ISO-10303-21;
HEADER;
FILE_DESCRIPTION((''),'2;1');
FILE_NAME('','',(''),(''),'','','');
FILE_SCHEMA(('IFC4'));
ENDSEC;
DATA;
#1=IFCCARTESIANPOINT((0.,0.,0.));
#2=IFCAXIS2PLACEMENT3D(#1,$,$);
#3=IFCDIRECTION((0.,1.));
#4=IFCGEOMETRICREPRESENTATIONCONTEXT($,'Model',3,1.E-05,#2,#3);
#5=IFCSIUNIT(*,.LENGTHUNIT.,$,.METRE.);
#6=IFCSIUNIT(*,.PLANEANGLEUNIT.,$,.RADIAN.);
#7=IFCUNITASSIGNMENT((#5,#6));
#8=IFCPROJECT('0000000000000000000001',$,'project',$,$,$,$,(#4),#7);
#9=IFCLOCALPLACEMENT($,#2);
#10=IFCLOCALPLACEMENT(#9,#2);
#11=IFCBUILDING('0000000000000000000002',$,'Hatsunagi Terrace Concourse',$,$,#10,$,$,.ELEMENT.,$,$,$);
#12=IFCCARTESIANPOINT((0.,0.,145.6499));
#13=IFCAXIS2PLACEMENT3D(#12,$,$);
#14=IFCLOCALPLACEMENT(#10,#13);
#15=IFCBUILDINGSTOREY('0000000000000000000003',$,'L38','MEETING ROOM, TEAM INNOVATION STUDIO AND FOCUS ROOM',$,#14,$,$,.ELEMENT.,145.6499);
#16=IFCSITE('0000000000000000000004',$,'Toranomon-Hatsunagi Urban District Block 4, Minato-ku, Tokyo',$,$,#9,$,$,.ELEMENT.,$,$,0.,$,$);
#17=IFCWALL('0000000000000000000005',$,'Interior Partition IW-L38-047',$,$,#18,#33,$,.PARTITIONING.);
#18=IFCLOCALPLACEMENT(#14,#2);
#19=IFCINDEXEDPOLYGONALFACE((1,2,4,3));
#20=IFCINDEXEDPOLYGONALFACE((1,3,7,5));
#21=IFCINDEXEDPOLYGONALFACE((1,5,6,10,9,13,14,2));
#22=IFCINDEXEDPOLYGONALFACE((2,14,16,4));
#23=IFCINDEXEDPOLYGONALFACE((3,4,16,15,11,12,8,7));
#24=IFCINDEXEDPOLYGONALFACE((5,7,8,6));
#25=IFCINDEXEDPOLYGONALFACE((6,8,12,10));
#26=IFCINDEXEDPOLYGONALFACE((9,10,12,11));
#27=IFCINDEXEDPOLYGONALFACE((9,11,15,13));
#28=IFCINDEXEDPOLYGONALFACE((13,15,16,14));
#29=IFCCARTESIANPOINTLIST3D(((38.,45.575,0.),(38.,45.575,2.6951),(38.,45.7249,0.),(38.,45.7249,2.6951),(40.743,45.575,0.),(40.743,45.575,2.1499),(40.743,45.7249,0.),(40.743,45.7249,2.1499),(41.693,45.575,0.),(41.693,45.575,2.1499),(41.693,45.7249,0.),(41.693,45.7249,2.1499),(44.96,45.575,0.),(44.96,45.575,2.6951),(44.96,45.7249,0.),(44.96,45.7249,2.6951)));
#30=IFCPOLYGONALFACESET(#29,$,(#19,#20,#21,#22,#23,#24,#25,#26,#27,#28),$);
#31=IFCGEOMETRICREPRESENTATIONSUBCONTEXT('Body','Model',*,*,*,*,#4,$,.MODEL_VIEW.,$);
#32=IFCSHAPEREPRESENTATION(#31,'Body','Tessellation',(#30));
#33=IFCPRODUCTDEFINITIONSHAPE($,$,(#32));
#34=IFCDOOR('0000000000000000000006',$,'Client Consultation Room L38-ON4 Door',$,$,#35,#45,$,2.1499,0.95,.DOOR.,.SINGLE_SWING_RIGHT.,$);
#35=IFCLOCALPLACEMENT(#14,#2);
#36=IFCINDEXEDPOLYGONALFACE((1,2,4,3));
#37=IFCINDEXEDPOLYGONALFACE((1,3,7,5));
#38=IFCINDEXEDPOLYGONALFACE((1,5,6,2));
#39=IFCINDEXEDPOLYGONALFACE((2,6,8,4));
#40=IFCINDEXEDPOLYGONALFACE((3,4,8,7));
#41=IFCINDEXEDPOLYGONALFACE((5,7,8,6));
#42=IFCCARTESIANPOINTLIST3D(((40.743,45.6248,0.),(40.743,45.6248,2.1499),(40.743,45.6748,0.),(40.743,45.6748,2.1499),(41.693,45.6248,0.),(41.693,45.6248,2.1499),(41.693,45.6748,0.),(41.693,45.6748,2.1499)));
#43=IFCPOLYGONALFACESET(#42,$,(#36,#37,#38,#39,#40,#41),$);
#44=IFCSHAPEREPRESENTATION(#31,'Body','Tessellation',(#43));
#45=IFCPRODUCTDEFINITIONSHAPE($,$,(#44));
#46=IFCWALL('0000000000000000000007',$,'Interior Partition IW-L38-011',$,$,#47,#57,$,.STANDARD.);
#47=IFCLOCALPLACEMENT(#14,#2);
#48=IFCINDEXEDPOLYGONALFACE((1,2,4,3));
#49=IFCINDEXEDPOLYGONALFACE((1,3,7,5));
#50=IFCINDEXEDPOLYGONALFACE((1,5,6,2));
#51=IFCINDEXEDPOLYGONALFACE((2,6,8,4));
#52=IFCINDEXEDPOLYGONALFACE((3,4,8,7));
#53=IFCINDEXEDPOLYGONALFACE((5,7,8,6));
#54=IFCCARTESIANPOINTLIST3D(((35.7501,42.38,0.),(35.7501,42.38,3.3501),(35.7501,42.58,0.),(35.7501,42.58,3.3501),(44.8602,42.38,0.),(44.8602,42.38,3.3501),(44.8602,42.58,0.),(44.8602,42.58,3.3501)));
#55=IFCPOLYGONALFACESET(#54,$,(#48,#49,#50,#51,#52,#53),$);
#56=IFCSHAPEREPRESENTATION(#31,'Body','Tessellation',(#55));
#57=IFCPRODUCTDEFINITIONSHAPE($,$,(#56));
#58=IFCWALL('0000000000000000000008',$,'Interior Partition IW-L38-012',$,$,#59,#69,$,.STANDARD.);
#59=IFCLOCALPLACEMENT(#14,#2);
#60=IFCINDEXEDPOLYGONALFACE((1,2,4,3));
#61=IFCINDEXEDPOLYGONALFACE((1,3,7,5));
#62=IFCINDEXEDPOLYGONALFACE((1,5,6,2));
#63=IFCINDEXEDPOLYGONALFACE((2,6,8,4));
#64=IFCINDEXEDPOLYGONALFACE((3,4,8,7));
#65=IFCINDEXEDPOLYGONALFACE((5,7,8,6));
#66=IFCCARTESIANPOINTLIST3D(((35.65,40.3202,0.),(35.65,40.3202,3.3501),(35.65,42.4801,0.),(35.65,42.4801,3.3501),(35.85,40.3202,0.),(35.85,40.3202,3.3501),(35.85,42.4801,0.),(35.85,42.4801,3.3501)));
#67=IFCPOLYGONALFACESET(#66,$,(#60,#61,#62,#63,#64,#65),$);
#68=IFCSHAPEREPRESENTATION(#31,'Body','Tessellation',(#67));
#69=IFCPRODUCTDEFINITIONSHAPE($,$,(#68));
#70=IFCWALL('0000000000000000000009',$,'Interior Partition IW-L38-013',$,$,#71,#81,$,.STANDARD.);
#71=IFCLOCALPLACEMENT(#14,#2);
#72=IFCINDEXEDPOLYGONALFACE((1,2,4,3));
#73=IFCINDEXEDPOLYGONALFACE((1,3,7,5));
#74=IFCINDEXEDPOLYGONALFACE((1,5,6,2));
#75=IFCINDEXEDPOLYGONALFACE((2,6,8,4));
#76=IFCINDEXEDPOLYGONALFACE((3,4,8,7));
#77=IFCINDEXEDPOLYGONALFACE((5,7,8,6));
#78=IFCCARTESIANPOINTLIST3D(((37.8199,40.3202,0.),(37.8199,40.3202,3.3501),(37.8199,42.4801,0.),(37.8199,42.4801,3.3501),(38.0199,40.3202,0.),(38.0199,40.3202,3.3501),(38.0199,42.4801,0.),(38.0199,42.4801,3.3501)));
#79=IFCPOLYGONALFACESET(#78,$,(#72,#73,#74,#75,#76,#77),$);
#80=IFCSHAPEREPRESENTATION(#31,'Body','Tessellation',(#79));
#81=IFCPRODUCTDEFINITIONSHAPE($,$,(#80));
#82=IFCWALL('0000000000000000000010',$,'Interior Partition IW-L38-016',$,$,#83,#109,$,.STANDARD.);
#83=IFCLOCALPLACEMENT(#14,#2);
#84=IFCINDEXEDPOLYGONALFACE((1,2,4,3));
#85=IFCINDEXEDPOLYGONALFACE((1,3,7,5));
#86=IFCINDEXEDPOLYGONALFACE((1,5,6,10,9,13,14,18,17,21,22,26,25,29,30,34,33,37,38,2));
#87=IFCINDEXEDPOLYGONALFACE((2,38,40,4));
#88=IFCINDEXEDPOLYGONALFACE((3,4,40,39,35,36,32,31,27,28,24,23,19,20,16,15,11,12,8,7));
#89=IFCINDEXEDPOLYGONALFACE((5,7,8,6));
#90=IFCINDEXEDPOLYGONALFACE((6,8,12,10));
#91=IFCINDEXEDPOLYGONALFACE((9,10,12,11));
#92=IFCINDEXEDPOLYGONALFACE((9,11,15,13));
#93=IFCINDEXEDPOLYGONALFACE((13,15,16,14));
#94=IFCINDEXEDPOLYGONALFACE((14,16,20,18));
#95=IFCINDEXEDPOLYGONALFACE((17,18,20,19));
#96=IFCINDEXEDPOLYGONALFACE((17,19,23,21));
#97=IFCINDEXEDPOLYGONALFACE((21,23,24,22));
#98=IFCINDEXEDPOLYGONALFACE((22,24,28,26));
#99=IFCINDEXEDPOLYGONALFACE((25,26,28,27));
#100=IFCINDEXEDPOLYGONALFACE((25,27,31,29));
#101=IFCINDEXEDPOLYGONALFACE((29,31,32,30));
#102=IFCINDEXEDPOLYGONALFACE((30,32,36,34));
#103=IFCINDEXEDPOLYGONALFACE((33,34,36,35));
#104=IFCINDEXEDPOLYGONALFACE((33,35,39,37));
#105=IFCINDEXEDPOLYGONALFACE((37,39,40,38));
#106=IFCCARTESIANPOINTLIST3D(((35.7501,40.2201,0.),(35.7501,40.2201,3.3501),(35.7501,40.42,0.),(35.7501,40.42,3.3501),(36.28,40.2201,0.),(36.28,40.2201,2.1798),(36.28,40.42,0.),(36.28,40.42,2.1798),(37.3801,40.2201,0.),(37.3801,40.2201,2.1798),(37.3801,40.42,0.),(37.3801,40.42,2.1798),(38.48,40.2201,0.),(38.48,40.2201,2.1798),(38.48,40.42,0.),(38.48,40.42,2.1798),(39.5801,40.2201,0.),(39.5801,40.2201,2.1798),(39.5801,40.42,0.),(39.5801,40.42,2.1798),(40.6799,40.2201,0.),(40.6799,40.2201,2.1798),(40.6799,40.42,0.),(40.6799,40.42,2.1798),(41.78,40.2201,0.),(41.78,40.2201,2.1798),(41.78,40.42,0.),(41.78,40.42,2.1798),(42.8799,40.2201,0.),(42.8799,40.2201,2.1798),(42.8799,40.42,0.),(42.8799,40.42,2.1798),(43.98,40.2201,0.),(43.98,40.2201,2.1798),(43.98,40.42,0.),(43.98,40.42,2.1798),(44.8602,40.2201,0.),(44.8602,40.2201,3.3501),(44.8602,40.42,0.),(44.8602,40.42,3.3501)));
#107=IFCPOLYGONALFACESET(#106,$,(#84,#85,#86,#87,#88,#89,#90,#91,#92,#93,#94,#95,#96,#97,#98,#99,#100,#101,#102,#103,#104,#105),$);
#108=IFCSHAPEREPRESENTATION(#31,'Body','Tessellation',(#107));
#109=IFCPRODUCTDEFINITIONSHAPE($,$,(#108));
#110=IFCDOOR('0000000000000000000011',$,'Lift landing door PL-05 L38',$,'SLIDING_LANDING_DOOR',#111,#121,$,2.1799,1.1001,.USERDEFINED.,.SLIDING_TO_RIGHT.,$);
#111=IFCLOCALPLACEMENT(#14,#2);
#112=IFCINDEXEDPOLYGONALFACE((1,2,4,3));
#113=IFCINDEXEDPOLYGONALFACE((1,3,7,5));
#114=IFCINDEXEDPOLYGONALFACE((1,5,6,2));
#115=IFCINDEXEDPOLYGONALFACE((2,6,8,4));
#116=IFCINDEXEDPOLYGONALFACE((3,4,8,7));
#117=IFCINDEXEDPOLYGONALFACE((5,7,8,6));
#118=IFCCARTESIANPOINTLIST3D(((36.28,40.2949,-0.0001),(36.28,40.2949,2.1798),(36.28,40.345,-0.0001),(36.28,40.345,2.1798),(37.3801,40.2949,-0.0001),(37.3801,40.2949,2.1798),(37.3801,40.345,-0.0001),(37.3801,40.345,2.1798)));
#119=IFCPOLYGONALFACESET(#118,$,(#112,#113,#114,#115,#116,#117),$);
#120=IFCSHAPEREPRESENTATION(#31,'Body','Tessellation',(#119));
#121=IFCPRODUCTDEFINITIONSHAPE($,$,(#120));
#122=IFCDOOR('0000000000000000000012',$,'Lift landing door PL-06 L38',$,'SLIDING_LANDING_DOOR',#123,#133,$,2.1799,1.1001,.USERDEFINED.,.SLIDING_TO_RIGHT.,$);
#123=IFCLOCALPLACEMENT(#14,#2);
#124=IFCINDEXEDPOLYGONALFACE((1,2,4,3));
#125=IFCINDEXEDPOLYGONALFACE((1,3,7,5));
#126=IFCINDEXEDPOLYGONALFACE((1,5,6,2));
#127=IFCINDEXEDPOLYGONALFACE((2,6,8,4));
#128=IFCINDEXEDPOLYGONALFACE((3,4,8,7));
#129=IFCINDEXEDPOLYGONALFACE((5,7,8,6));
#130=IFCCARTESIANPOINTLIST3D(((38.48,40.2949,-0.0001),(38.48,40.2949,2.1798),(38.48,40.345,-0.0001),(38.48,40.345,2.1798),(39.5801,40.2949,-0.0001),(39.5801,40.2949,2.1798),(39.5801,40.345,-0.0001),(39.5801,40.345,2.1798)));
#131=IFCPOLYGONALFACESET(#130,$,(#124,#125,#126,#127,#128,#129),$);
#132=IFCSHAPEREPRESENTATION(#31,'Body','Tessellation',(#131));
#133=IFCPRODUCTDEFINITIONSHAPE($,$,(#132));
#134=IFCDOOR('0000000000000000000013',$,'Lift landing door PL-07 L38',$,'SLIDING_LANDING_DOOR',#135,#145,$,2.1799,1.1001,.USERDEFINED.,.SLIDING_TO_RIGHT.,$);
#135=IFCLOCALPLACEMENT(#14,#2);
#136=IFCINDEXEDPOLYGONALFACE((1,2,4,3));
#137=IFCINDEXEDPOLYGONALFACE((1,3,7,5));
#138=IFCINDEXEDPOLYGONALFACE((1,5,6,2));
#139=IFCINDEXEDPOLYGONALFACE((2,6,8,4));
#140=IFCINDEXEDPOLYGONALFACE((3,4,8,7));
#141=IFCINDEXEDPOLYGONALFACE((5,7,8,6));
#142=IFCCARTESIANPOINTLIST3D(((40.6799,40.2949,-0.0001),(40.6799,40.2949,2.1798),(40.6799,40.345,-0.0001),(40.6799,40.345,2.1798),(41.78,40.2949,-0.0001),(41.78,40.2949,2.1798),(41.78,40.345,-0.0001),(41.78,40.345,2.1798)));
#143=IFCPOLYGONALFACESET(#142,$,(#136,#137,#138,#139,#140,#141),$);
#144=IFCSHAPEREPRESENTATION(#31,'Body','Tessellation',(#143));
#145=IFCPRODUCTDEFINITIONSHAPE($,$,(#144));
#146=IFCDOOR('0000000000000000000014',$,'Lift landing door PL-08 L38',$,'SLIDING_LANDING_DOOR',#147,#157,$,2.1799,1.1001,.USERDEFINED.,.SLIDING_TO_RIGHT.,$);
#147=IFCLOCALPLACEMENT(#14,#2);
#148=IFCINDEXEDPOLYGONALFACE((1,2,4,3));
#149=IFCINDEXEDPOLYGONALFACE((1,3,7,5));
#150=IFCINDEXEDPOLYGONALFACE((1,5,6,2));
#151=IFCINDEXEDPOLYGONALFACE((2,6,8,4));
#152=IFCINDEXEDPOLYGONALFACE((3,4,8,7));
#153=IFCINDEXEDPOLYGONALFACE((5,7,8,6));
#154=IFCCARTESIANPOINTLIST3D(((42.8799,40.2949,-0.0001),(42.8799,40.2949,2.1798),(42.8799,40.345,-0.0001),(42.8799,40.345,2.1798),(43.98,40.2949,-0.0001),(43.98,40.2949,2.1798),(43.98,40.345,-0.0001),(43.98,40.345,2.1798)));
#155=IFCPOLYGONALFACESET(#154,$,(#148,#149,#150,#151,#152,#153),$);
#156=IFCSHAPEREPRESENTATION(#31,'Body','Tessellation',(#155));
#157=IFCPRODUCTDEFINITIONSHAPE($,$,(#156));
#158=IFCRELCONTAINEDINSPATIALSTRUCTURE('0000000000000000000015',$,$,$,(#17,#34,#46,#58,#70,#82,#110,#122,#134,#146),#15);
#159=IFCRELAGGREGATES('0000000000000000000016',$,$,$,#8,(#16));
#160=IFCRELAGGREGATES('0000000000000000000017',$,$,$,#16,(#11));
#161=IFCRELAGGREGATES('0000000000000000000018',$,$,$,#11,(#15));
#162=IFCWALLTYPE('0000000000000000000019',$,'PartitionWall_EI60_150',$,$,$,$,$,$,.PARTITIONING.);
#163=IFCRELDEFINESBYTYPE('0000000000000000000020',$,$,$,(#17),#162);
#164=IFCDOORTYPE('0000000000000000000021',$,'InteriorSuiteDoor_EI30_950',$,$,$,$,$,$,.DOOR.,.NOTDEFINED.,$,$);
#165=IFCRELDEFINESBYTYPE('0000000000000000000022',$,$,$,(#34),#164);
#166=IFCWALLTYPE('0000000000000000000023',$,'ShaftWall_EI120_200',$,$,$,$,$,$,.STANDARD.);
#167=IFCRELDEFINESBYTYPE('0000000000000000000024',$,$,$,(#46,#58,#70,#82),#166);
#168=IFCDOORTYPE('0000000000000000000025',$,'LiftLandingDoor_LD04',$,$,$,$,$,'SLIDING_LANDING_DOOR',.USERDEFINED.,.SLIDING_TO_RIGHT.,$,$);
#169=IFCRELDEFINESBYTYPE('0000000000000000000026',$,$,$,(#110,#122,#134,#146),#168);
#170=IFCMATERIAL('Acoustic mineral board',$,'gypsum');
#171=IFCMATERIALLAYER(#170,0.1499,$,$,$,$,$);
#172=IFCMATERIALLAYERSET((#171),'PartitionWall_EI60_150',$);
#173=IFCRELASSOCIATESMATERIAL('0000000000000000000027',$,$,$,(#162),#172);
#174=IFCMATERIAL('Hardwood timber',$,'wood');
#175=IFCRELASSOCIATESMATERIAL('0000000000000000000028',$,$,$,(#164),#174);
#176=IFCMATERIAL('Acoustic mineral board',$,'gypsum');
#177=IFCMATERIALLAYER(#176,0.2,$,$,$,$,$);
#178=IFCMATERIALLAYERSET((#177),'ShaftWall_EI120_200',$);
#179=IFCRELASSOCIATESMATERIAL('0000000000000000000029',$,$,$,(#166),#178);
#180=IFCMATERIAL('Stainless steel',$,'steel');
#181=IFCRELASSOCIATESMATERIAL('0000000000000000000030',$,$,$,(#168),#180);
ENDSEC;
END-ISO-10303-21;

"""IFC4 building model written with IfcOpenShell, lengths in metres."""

from ifc_helpers import new_model, si_unit, direction, frame, frame_2d, origin, place, context, subcontext, project, spatial, rectangle, extrude, material, layer, layer_set, type_object, element, fill, save


model = new_model("IFC4")

# Units and contexts
model_context = context("Model", 3, precision=1e-05, world=origin(), true_north=direction((0.0, 1.0)))
body_context = subcontext(model_context, "Body", "Model", "MODEL_VIEW")
ifc_project = project(units=[si_unit("LENGTHUNIT", "METRE"), si_unit("PLANEANGLEUNIT", "RADIAN")], contexts=[model_context])

# Site, building, storey
site_placement = place(None, origin())
site = spatial("IfcSite", under=ifc_project, at=site_placement, Name="Toranomon-Hatsunagi Urban District Block 4, Minato-ku, Tokyo", CompositionType="ELEMENT", RefElevation=0.0)
building_placement = place(site_placement, origin())
building = spatial("IfcBuilding", under=site, at=building_placement, Name="Hatsunagi Terrace Concourse", CompositionType="ELEMENT")
storey_placement = place(building_placement, frame((0.0, 0.0, 145.6499)))
storey = spatial("IfcBuildingStorey", under=building, at=storey_placement, Name="L38", Description="MEETING ROOM, TEAM INNOVATION STUDIO AND FOCUS ROOM", CompositionType="ELEMENT", Elevation=145.6499)

# Shared definitions
ifc_material_1 = material(Name="Acoustic mineral board", Category="gypsum")
ifc_layer_1 = layer(ifc_material_1, 0.1499)
ifc_layer_set_1 = layer_set([ifc_layer_1], Name="PartitionWall_EI60_150")
wall_type_1 = type_object("IfcWallType", Name="PartitionWall_EI60_150", PredefinedType="PARTITIONING", material=ifc_layer_set_1)

# Shared definitions
ifc_material_2 = material(Name="Hardwood timber", Category="wood")
door_type_1 = type_object("IfcDoorType", Name="InteriorSuiteDoor_EI30_950", OperationType="NOTDEFINED", PredefinedType="DOOR", material=ifc_material_2)

# Wall, opening, door
wall_1_placement = place(storey_placement, frame((38.0, 45.6499, 0.0), z_axis=(0.0, 0.0, 1.0), x_axis=(1.0, 0.0, 0.0)))
wall_1 = element("IfcWall", 1, at=wall_1_placement, inside=storey, type_object=wall_type_1, Name="Interior Partition IW-L38-047", PredefinedType="PARTITIONING", context=body_context, shape_type="SweptSolid", body=[
    extrude(rectangle(XDim=6.96, YDim=0.1499, at=frame_2d((3.48, 0.0))), origin(), (0.0, 0.0, 1.0), 2.6951),
])
opening_1_placement = place(wall_1_placement, frame((2.7429, 0.0, 0.0)))
opening_1 = element("IfcOpeningElement", 2, at=opening_1_placement, cuts=wall_1, PredefinedType="OPENING", context=body_context, shape_type="SweptSolid", body=[
    extrude(rectangle(XDim=0.95, YDim=2.1499, at=frame_2d((0.4751, 1.075))), frame((0.0, 0.085, 0.0), z_axis=(0.0, -1.0, 0.0), x_axis=(1.0, 0.0, 0.0)), (0.0, 0.0, 1.0), 0.1699),
])
door_1_placement = place(opening_1_placement, origin())
door_1 = element("IfcDoor", 3, at=door_1_placement, inside=storey, type_object=door_type_1, Name="Client Consultation Room L38-ON4 Door", OperationType="SINGLE_SWING_RIGHT", OverallHeight=2.1499, OverallWidth=0.95, PredefinedType="DOOR", context=body_context, shape_type="SweptSolid", body=[
    extrude(rectangle(XDim=0.95, YDim=2.1499, at=frame_2d((0.4751, 1.075))), frame((0.0, 0.0249, 0.0), z_axis=(0.0, -1.0, 0.0), x_axis=(1.0, 0.0, 0.0)), (0.0, 0.0, 1.0), 0.05),
])
fill(opening_1, door_1)

# Walls
ifc_material_3 = material(Name="Acoustic mineral board", Category="gypsum")
ifc_layer_2 = layer(ifc_material_3, 0.2)
ifc_layer_set_2 = layer_set([ifc_layer_2], Name="ShaftWall_EI120_200")
wall_type_2 = type_object("IfcWallType", Name="ShaftWall_EI120_200", PredefinedType="STANDARD", material=ifc_layer_set_2)
wall_2_placement = place(storey_placement, frame((35.75, 42.48, 0.0), z_axis=(0.0, 0.0, 1.0), x_axis=(1.0, 0.0, 0.0)))
element("IfcWall", 4, at=wall_2_placement, inside=storey, type_object=wall_type_2, Name="Interior Partition IW-L38-011", PredefinedType="STANDARD", context=body_context, shape_type="SweptSolid", body=[
    extrude(rectangle(XDim=9.1101, YDim=0.2, at=frame_2d((4.5552, 0.0))), origin(), (0.0, 0.0, 1.0), 3.3501),
])
for number, where, z_axis, x_axis, name in (
    (5, (35.75, 40.3201, 0.0), (0.0, 0.0, 1.0), (0.0, 1.0, 0.0), "Interior Partition IW-L38-012"),
    (6, (37.9199, 40.3201, 0.0), (0.0, 0.0, 1.0), (0.0, 1.0, 0.0), "Interior Partition IW-L38-013"),
):
    element("IfcWall", number, at=place(storey_placement, frame(where, z_axis=z_axis, x_axis=x_axis)), inside=storey, type_object=wall_type_2, Name=name, PredefinedType="STANDARD", context=body_context, shape_type="SweptSolid", body=[
        extrude(rectangle(XDim=2.1599, YDim=0.2, at=frame_2d((1.0801, 0.0))), origin(), (0.0, 0.0, 1.0), 3.3501),
    ])

# Wall, openings, doors
wall_3_placement = place(storey_placement, frame((35.75, 40.3201, 0.0), z_axis=(0.0, 0.0, 1.0), x_axis=(1.0, 0.0, 0.0)))
wall_3 = element("IfcWall", 7, at=wall_3_placement, inside=storey, type_object=wall_type_2, Name="Interior Partition IW-L38-016", PredefinedType="STANDARD", context=body_context, shape_type="SweptSolid", body=[
    extrude(rectangle(XDim=9.1101, YDim=0.2, at=frame_2d((4.5552, 0.0))), origin(), (0.0, 0.0, 1.0), 3.3501),
])
opening_2_placement = place(wall_3_placement, frame((0.53, 0.0, 0.0)))
opening_2 = element("IfcOpeningElement", 8, at=opening_2_placement, cuts=wall_3, PredefinedType="OPENING", context=body_context, shape_type="SweptSolid", body=[
    extrude(rectangle(XDim=1.1001, YDim=2.1799, at=frame_2d((0.55, 1.0898))), frame((0.0, 0.1099, 0.0), z_axis=(0.0, -1.0, 0.0), x_axis=(1.0, 0.0, 0.0)), (0.0, 0.0, 1.0), 0.22),
])
opening_3_placement = place(wall_3_placement, frame((2.73, 0.0, 0.0)))
opening_3 = element("IfcOpeningElement", 9, at=opening_3_placement, cuts=wall_3, PredefinedType="OPENING", context=body_context, shape_type="SweptSolid", body=[
    extrude(rectangle(XDim=1.1001, YDim=2.1799, at=frame_2d((0.55, 1.0898))), frame((0.0, 0.1099, 0.0), z_axis=(0.0, -1.0, 0.0), x_axis=(1.0, 0.0, 0.0)), (0.0, 0.0, 1.0), 0.22),
])
opening_4_placement = place(wall_3_placement, frame((4.9299, 0.0, 0.0)))
opening_4 = element("IfcOpeningElement", 10, at=opening_4_placement, cuts=wall_3, PredefinedType="OPENING", context=body_context, shape_type="SweptSolid", body=[
    extrude(rectangle(XDim=1.1001, YDim=2.1799, at=frame_2d((0.55, 1.0898))), frame((0.0, 0.1099, 0.0), z_axis=(0.0, -1.0, 0.0), x_axis=(1.0, 0.0, 0.0)), (0.0, 0.0, 1.0), 0.22),
])
opening_5_placement = place(wall_3_placement, frame((7.1299, 0.0, 0.0)))
opening_5 = element("IfcOpeningElement", 11, at=opening_5_placement, cuts=wall_3, PredefinedType="OPENING", context=body_context, shape_type="SweptSolid", body=[
    extrude(rectangle(XDim=1.1001, YDim=2.1799, at=frame_2d((0.55, 1.0898))), frame((0.0, 0.1099, 0.0), z_axis=(0.0, -1.0, 0.0), x_axis=(1.0, 0.0, 0.0)), (0.0, 0.0, 1.0), 0.22),
])
ifc_material_4 = material(Name="Stainless steel", Category="steel")
door_type_2 = type_object("IfcDoorType", Name="LiftLandingDoor_LD04", ElementType="SLIDING_LANDING_DOOR", OperationType="SLIDING_TO_RIGHT", PredefinedType="USERDEFINED", material=ifc_material_4)
door_2_placement = place(opening_2_placement, origin())
door_2 = element("IfcDoor", 12, at=door_2_placement, inside=storey, type_object=door_type_2, Name="Lift landing door PL-05 L38", ObjectType="SLIDING_LANDING_DOOR", OperationType="SLIDING_TO_RIGHT", OverallHeight=2.1799, OverallWidth=1.1001, PredefinedType="USERDEFINED", context=body_context, shape_type="SweptSolid", body=[
    extrude(rectangle(XDim=1.1001, YDim=2.1799, at=frame_2d((0.55, 1.0898))), frame((0.0, 0.0249, 0.0), z_axis=(0.0, -1.0, 0.0), x_axis=(1.0, 0.0, 0.0)), (0.0, 0.0, 1.0), 0.05),
])
fill(opening_2, door_2)
door_3_placement = place(opening_3_placement, origin())
door_3 = element("IfcDoor", 13, at=door_3_placement, inside=storey, type_object=door_type_2, Name="Lift landing door PL-06 L38", ObjectType="SLIDING_LANDING_DOOR", OperationType="SLIDING_TO_RIGHT", OverallHeight=2.1799, OverallWidth=1.1001, PredefinedType="USERDEFINED", context=body_context, shape_type="SweptSolid", body=[
    extrude(rectangle(XDim=1.1001, YDim=2.1799, at=frame_2d((0.55, 1.0898))), frame((0.0, 0.0249, 0.0), z_axis=(0.0, -1.0, 0.0), x_axis=(1.0, 0.0, 0.0)), (0.0, 0.0, 1.0), 0.05),
])
fill(opening_3, door_3)
door_4_placement = place(opening_4_placement, origin())
door_4 = element("IfcDoor", 14, at=door_4_placement, inside=storey, type_object=door_type_2, Name="Lift landing door PL-07 L38", ObjectType="SLIDING_LANDING_DOOR", OperationType="SLIDING_TO_RIGHT", OverallHeight=2.1799, OverallWidth=1.1001, PredefinedType="USERDEFINED", context=body_context, shape_type="SweptSolid", body=[
    extrude(rectangle(XDim=1.1001, YDim=2.1799, at=frame_2d((0.55, 1.0898))), frame((0.0, 0.0249, 0.0), z_axis=(0.0, -1.0, 0.0), x_axis=(1.0, 0.0, 0.0)), (0.0, 0.0, 1.0), 0.05),
])
fill(opening_4, door_4)
door_5_placement = place(opening_5_placement, origin())
door_5 = element("IfcDoor", 15, at=door_5_placement, inside=storey, type_object=door_type_2, Name="Lift landing door PL-08 L38", ObjectType="SLIDING_LANDING_DOOR", OperationType="SLIDING_TO_RIGHT", OverallHeight=2.1799, OverallWidth=1.1001, PredefinedType="USERDEFINED", context=body_context, shape_type="SweptSolid", body=[
    extrude(rectangle(XDim=1.1001, YDim=2.1799, at=frame_2d((0.55, 1.0898))), frame((0.0, 0.0249, 0.0), z_axis=(0.0, -1.0, 0.0), x_axis=(1.0, 0.0, 0.0)), (0.0, 0.0, 1.0), 0.05),
])
fill(opening_5, door_5)

save(model, "model.ifc")
